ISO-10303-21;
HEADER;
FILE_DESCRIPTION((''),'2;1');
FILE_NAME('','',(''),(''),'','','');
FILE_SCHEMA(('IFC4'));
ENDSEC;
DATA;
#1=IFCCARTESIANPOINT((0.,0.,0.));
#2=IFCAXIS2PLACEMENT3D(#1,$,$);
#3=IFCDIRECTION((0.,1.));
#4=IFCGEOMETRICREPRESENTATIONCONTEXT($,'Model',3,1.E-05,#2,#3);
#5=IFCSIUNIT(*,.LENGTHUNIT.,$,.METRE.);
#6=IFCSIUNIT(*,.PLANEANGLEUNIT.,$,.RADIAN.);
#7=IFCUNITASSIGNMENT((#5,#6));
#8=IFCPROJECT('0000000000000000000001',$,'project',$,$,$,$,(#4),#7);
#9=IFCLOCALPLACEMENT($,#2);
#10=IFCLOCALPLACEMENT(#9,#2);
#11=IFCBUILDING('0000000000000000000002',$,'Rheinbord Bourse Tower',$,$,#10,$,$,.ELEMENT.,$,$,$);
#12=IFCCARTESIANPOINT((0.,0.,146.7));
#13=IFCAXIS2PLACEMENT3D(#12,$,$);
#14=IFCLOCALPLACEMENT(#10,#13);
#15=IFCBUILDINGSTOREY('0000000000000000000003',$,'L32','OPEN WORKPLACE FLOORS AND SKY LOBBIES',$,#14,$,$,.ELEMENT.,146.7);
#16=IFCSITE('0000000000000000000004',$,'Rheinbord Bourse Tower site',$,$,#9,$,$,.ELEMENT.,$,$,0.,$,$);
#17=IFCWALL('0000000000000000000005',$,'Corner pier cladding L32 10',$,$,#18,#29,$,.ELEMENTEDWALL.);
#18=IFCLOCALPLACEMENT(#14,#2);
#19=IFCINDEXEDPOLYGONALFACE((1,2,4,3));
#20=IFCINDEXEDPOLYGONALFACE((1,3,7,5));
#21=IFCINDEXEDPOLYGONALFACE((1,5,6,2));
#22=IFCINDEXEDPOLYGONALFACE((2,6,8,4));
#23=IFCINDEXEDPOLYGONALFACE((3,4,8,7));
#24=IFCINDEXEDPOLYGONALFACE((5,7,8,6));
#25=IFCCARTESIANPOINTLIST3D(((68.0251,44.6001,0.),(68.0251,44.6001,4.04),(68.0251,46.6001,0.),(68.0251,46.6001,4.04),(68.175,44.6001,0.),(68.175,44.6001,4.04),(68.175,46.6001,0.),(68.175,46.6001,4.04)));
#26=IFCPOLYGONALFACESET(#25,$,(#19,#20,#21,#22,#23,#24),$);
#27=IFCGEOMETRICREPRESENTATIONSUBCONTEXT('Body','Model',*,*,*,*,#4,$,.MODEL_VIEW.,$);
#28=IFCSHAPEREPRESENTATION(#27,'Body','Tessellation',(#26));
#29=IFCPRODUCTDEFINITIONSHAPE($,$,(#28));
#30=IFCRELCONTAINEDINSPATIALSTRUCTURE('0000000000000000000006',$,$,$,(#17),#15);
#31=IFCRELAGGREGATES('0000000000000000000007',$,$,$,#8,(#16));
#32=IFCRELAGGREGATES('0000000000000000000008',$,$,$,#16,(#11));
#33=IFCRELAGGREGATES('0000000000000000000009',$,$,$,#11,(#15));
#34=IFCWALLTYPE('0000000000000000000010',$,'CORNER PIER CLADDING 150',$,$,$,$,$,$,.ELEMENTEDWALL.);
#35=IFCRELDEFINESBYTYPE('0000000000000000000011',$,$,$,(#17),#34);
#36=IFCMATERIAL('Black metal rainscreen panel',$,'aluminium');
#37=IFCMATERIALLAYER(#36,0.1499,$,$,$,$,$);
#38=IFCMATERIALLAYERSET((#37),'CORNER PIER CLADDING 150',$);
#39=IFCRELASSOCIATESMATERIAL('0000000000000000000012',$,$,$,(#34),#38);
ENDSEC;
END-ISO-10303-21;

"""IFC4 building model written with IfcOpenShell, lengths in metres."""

from ifc_helpers import new_model, si_unit, direction, frame, frame_2d, origin, place, context, subcontext, project, spatial, rectangle, extrude, material, layer, layer_set, type_object, element, save


model = new_model("IFC4")

# Units and contexts
model_context = context("Model", 3, precision=1e-05, world=origin(), true_north=direction((0.0, 1.0)))
body_context = subcontext(model_context, "Body", "Model", "MODEL_VIEW")
ifc_project = project(units=[si_unit("LENGTHUNIT", "METRE"), si_unit("PLANEANGLEUNIT", "RADIAN")], contexts=[model_context])

# Site, building, storey
site_placement = place(None, origin())
site = spatial("IfcSite", under=ifc_project, at=site_placement, Name="Rheinbord Bourse Tower site", CompositionType="ELEMENT", RefElevation=0.0)
building_placement = place(site_placement, origin())
building = spatial("IfcBuilding", under=site, at=building_placement, Name="Rheinbord Bourse Tower", CompositionType="ELEMENT")
storey_placement = place(building_placement, frame((0.0, 0.0, 146.7)))
storey = spatial("IfcBuildingStorey", under=building, at=storey_placement, Name="L32", Description="OPEN WORKPLACE FLOORS AND SKY LOBBIES", CompositionType="ELEMENT", Elevation=146.7)

# Wall
ifc_material_1 = material(Name="Black metal rainscreen panel", Category="aluminium")
ifc_layer_1 = layer(ifc_material_1, 0.1499)
ifc_layer_set_1 = layer_set([ifc_layer_1], Name="CORNER PIER CLADDING 150")
wall_type = type_object("IfcWallType", Name="CORNER PIER CLADDING 150", PredefinedType="ELEMENTEDWALL", material=ifc_layer_set_1)
wall_1_placement = place(storey_placement, frame((68.1001, 44.6001, 0.0), z_axis=(0.0, 0.0, 1.0), x_axis=(0.0, 1.0, 0.0)))
element("IfcWall", 1, at=wall_1_placement, inside=storey, type_object=wall_type, Name="Corner pier cladding L32 10", PredefinedType="ELEMENTEDWALL", context=body_context, shape_type="SweptSolid", body=[
    extrude(rectangle(XDim=2.0, YDim=0.1499, at=frame_2d((1.0, 0.0))), origin(), (0.0, 0.0, 1.0), 4.04),
])

save(model, "model.ifc")
